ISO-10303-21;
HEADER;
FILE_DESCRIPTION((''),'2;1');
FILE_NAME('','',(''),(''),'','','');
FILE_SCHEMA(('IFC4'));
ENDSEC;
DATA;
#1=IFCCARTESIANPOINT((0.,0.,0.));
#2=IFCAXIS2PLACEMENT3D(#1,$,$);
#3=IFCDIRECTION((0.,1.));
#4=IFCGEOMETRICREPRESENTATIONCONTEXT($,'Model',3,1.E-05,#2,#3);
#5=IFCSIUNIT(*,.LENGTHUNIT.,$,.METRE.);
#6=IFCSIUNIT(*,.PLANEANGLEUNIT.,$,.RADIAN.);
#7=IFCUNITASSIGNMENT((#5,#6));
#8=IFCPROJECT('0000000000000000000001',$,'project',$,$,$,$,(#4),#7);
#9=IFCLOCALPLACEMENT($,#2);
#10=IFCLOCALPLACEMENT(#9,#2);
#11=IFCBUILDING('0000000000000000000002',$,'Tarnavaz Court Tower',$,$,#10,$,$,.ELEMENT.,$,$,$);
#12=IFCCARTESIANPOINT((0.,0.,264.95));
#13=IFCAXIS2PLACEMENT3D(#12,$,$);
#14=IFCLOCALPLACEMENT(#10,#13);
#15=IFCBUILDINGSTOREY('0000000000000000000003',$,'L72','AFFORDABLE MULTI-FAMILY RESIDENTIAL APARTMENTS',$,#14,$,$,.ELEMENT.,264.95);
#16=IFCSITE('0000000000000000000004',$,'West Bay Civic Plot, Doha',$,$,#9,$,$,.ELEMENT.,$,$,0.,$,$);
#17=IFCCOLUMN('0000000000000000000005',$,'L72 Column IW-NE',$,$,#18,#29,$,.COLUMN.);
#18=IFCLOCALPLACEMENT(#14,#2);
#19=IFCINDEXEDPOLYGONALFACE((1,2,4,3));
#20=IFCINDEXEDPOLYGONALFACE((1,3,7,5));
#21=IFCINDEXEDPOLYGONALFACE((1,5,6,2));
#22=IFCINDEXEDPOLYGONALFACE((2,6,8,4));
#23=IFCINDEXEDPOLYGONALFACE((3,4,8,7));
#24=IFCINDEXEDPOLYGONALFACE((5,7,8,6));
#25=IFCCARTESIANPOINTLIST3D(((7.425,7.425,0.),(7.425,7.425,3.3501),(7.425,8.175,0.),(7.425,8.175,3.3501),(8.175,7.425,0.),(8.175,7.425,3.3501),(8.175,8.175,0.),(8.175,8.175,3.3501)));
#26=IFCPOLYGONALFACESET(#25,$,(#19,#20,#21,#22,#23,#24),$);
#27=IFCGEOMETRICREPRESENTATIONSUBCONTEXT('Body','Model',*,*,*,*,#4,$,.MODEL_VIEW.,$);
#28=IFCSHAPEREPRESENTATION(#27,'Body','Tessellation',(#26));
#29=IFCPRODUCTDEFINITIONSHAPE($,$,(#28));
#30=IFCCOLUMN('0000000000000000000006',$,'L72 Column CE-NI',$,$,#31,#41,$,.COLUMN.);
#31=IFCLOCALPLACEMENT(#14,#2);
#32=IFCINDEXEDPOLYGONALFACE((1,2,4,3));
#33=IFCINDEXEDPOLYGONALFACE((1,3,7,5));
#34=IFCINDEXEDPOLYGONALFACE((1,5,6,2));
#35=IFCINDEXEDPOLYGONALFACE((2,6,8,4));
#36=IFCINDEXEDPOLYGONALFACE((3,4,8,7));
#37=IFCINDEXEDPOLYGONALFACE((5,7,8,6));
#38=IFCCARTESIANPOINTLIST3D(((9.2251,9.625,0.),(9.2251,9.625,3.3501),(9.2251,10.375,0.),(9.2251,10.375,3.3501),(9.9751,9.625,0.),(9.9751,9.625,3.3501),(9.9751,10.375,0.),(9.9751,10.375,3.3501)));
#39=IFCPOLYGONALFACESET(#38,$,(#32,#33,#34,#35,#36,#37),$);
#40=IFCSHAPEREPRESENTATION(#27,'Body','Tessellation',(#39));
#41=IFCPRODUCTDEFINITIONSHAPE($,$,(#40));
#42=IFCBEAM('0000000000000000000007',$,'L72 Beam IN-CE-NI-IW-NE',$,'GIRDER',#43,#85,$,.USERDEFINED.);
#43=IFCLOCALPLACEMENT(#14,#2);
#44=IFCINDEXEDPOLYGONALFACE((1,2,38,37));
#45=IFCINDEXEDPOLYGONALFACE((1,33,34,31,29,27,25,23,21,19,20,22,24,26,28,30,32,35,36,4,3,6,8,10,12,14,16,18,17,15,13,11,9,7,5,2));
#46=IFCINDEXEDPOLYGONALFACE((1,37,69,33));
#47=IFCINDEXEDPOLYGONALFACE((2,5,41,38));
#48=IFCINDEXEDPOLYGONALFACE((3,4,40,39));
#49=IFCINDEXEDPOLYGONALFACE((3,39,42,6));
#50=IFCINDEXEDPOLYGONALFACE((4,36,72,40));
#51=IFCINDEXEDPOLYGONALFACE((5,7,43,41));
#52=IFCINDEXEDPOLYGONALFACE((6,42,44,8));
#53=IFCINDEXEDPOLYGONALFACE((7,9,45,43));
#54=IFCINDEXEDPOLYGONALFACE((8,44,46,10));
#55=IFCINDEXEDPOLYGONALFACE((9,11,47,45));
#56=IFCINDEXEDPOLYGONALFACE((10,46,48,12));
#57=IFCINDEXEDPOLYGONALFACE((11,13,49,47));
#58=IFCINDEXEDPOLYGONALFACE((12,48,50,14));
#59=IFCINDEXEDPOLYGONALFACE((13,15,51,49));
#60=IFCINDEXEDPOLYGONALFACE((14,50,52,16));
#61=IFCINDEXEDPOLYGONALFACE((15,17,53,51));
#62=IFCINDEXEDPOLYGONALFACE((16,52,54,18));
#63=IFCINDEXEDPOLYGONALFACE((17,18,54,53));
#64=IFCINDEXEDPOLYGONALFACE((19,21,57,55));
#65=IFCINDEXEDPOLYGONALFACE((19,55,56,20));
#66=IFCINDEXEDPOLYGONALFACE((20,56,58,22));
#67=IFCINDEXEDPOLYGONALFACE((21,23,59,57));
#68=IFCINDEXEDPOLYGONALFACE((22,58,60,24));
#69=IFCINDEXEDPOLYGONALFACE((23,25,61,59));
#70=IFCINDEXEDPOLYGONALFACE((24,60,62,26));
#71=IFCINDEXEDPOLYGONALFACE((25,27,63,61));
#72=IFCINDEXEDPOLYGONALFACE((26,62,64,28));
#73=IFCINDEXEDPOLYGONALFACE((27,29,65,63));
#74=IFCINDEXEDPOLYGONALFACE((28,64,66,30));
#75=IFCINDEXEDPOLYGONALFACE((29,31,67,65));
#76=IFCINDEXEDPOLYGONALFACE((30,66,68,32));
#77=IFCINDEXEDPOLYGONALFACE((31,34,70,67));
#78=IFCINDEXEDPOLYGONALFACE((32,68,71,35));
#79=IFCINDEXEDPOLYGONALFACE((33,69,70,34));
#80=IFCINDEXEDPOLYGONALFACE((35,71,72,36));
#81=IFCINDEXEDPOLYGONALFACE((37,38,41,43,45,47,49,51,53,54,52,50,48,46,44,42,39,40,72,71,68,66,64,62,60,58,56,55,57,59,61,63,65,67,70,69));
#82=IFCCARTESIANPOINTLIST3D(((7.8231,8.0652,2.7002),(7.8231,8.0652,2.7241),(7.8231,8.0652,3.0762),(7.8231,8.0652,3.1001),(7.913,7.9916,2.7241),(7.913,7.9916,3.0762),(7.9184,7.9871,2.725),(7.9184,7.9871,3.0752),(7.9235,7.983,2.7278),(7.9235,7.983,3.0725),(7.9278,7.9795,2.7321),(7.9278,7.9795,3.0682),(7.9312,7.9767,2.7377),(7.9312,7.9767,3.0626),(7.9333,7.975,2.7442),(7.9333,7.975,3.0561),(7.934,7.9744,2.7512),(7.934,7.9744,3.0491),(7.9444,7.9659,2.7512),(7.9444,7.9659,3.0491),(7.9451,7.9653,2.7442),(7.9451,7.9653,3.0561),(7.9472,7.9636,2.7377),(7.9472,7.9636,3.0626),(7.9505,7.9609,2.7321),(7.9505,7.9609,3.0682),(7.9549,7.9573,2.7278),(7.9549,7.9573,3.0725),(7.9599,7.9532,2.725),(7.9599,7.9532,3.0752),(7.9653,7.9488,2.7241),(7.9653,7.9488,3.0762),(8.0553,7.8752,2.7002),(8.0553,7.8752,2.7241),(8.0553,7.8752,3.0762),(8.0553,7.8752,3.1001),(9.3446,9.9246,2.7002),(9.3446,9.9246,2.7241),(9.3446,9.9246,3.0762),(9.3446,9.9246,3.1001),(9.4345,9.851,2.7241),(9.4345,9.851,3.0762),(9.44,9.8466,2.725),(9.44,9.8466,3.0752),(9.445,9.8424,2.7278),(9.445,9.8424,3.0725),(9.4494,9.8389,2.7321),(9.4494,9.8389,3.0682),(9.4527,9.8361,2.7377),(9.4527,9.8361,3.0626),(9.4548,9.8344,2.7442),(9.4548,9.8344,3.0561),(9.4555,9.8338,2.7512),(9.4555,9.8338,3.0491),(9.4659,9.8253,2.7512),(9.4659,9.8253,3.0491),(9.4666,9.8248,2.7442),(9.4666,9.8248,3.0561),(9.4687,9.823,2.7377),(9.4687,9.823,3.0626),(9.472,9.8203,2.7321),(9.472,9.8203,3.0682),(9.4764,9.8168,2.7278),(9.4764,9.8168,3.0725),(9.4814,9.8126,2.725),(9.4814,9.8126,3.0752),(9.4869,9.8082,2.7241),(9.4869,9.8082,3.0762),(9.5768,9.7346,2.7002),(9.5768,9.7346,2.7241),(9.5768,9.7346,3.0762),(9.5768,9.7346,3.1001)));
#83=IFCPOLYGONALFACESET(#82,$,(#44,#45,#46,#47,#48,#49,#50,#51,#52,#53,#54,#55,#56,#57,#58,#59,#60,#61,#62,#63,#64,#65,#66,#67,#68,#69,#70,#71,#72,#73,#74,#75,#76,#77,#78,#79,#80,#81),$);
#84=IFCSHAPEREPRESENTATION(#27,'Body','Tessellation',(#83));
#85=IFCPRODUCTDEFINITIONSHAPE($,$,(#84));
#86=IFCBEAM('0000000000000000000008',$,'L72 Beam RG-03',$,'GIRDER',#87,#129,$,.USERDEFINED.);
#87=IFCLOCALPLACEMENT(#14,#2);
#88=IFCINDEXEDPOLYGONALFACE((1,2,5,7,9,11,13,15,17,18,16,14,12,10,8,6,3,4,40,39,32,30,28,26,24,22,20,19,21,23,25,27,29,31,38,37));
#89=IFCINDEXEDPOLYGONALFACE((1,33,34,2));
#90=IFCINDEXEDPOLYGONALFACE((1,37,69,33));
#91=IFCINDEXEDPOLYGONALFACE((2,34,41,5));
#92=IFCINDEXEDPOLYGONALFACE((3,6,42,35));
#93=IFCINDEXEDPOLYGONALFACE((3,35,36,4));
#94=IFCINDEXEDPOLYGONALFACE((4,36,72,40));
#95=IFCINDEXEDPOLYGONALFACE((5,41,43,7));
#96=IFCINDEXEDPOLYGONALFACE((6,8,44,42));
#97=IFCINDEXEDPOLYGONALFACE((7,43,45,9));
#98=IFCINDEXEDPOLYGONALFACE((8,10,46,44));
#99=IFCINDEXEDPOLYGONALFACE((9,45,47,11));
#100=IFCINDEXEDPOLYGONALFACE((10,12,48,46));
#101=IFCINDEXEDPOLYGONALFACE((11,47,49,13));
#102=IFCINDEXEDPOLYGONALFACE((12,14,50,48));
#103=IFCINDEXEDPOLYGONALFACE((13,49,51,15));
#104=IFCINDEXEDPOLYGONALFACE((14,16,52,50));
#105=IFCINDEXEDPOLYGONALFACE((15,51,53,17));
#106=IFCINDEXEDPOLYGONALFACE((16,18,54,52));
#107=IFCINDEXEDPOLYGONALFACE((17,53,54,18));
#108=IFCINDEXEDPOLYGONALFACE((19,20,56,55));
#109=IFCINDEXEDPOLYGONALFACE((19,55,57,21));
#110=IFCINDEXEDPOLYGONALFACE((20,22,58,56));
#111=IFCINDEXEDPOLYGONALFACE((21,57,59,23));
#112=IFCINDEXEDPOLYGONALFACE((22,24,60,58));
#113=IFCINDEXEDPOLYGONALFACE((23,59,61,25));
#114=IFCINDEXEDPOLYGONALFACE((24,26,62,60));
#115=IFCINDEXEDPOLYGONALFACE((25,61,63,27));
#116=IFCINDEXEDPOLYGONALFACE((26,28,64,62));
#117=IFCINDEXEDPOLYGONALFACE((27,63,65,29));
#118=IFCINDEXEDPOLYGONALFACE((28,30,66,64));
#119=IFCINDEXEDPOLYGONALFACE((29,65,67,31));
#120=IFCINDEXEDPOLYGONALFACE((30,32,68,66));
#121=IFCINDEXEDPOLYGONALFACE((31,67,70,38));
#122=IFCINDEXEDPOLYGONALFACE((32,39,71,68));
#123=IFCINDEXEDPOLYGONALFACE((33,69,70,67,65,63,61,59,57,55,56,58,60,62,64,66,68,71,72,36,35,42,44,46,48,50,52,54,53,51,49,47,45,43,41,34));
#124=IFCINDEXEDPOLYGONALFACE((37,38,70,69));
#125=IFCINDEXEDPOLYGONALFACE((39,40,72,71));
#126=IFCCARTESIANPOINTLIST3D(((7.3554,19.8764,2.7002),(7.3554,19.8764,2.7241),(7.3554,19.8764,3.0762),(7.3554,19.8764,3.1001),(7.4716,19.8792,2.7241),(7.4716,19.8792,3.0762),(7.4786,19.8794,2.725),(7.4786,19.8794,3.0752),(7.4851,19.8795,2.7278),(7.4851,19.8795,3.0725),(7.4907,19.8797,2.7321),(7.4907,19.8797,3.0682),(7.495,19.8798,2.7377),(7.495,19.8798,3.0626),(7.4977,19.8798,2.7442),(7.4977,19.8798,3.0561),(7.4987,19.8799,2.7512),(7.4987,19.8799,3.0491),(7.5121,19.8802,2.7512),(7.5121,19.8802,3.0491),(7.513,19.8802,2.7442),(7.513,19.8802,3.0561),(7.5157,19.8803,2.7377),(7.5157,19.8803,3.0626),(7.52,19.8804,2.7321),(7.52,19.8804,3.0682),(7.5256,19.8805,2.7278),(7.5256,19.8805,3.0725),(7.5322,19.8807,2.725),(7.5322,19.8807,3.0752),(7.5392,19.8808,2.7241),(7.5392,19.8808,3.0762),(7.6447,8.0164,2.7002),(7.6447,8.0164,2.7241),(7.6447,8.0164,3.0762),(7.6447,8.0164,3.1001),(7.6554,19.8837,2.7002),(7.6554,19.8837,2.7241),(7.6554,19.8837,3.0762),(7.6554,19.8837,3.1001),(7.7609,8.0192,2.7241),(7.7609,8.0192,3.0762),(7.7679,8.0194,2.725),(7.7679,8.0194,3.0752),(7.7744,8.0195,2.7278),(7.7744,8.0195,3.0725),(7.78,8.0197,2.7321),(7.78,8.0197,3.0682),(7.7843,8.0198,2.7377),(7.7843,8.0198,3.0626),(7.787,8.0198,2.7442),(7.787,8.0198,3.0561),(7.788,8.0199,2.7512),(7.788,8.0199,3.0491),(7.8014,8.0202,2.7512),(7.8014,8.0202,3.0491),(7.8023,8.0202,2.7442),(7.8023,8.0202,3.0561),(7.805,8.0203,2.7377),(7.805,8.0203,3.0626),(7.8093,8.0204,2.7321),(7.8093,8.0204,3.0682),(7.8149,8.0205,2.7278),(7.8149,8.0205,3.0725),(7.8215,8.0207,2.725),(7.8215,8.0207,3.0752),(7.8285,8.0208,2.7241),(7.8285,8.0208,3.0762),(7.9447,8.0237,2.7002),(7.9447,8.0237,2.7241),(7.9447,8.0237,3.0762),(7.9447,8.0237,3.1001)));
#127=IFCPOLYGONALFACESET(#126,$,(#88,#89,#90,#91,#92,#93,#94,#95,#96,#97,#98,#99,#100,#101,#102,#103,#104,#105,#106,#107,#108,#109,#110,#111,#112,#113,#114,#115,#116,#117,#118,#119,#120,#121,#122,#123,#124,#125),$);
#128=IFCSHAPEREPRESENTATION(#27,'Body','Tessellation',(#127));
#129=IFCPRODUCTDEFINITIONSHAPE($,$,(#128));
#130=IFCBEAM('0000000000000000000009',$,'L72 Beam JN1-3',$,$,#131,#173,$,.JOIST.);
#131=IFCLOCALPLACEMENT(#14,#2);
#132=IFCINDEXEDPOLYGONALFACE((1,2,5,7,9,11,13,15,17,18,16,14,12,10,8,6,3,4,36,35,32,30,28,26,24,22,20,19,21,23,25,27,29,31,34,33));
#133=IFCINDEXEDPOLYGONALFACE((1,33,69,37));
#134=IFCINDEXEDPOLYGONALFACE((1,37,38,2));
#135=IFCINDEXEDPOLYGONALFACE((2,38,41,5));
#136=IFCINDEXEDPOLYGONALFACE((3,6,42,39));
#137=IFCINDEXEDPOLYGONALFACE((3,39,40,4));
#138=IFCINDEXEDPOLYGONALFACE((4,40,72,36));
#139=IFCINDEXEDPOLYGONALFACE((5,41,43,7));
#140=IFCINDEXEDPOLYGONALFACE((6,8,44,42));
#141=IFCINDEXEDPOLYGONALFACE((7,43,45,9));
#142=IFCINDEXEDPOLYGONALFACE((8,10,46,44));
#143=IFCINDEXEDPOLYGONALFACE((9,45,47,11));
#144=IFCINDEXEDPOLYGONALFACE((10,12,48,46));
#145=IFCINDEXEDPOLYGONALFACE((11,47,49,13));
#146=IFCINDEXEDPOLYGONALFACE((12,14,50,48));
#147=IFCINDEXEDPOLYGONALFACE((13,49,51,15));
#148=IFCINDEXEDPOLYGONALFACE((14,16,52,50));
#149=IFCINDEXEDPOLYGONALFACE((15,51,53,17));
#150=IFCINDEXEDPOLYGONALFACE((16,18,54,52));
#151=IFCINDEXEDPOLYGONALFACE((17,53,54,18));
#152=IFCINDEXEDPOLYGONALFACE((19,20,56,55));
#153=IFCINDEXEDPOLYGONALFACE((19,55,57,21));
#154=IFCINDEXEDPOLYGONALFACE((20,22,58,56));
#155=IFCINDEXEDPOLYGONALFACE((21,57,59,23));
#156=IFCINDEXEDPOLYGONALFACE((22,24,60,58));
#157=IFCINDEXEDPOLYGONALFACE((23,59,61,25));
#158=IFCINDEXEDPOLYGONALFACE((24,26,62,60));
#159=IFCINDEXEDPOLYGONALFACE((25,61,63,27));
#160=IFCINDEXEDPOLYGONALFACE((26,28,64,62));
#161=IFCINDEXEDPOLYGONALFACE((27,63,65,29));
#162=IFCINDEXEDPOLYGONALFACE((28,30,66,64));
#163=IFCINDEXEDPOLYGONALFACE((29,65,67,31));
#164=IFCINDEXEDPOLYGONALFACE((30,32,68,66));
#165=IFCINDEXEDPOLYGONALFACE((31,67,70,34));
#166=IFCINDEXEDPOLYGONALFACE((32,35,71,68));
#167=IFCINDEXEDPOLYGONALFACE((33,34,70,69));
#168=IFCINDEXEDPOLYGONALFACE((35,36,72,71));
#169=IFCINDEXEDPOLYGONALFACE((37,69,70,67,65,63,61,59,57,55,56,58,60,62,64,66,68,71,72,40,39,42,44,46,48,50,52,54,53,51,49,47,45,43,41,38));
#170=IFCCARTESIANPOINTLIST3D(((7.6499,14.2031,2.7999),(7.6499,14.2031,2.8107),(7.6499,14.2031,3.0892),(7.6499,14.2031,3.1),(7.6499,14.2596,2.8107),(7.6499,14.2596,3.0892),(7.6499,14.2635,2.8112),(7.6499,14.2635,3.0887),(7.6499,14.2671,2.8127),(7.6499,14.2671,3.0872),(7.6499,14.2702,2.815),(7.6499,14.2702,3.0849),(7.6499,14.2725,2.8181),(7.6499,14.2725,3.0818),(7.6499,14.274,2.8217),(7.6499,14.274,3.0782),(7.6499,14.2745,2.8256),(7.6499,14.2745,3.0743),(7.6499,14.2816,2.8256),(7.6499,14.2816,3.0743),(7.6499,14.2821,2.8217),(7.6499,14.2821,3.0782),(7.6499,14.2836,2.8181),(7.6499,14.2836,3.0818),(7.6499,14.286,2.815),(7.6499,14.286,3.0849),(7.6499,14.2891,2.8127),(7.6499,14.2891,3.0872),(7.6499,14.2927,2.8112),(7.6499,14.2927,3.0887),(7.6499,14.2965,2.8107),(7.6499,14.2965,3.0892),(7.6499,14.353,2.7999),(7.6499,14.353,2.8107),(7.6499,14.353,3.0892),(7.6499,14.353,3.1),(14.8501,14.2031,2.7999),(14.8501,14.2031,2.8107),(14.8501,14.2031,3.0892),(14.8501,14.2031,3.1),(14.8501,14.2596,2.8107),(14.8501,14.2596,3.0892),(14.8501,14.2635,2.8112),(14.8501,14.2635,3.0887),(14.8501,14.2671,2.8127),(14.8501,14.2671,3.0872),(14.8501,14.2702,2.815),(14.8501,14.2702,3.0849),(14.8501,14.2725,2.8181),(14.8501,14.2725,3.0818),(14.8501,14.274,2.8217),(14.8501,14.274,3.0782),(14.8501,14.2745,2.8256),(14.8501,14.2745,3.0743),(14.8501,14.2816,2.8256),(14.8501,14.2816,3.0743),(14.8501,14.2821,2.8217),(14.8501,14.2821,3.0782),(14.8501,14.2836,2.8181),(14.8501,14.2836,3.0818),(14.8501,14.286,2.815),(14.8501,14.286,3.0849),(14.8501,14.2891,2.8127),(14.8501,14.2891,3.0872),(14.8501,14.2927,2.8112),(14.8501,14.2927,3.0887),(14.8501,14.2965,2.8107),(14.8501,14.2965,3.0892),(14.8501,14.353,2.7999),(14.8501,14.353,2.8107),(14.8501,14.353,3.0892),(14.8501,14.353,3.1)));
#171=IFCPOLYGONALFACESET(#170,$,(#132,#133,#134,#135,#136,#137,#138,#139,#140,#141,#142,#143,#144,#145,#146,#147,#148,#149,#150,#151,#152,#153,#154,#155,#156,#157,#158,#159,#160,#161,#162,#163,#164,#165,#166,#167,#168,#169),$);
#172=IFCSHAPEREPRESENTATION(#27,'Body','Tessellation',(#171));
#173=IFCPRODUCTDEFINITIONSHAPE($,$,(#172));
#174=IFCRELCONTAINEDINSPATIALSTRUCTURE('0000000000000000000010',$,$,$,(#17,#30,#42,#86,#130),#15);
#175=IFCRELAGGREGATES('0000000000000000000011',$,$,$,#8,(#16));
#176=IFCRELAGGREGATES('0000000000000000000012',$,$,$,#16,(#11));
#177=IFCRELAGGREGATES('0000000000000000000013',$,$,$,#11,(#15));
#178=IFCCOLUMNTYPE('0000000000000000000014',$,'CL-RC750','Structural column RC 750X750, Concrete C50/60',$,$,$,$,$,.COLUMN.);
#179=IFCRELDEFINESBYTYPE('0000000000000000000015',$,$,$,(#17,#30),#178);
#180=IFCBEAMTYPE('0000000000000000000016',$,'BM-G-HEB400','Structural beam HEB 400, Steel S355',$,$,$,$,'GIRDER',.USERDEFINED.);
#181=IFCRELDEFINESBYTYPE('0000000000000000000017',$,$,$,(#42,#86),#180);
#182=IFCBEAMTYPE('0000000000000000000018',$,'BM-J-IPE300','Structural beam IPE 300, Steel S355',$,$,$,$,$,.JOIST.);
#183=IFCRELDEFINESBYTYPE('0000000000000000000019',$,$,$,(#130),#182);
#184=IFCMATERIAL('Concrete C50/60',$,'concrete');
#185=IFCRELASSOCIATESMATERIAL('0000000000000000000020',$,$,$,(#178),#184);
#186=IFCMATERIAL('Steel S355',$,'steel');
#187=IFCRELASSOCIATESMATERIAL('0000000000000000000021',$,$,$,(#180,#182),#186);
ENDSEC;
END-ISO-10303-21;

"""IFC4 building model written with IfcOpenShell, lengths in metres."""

from ifc_helpers import new_model, si_unit, direction, frame, origin, origin_2d, place, context, subcontext, project, spatial, rectangle, i_section, extrude, material, material_profile, profile_set, type_object, element, save


model = new_model("IFC4")

# Units and contexts
model_context = context("Model", 3, precision=1e-05, world=origin(), true_north=direction((0.0, 1.0)))
body_context = subcontext(model_context, "Body", "Model", "MODEL_VIEW")
ifc_project = project(units=[si_unit("LENGTHUNIT", "METRE"), si_unit("PLANEANGLEUNIT", "RADIAN")], contexts=[model_context])

# Site, building, storey
site_placement = place(None, origin())
site = spatial("IfcSite", under=ifc_project, at=site_placement, Name="West Bay Civic Plot, Doha", CompositionType="ELEMENT", RefElevation=0.0)
building_placement = place(site_placement, origin())
building = spatial("IfcBuilding", under=site, at=building_placement, Name="Tarnavaz Court Tower", CompositionType="ELEMENT")
storey_placement = place(building_placement, frame((0.0, 0.0, 264.95)))
storey = spatial("IfcBuildingStorey", under=building, at=storey_placement, Name="L72", Description="AFFORDABLE MULTI-FAMILY RESIDENTIAL APARTMENTS", CompositionType="ELEMENT", Elevation=264.95)

# Columns
ifc_material_1 = material(Name="Concrete C50/60", Category="concrete")
ifc_material_profile_1 = material_profile(ifc_material_1, rectangle(XDim=0.75, YDim=0.75, at=origin_2d()), Name="RC 750X750")
ifc_profile_set_1 = profile_set([ifc_material_profile_1], Name="Concrete C50/60")
column_type = type_object("IfcColumnType", Name="CL-RC750", Description="Structural column RC 750X750, Concrete C50/60", PredefinedType="COLUMN", material=ifc_profile_set_1)
for number, where, z_axis, x_axis, name in (
    (1, (7.8, 7.8, 0.0), (0.0, 0.0, 1.0), (1.0, 0.0, 0.0), "L72 Column IW-NE"),
    (2, (9.6001, 10.0, 0.0), (0.0, 0.0, 1.0), (1.0, 0.0, 0.0), "L72 Column CE-NI"),
):
    element("IfcColumn", number, at=place(storey_placement, frame(where, z_axis=z_axis, x_axis=x_axis)), inside=storey, type_object=column_type, Name=name, PredefinedType="COLUMN", context=body_context, shape_type="SweptSolid", body=[
        extrude(rectangle(XDim=0.75, YDim=0.75, at=origin_2d()), origin(), (0.0, 0.0, 1.0), 3.3501),
    ])

# Beams
ifc_material_2 = material(Name="Steel S355", Category="steel")
ifc_material_profile_2 = material_profile(ifc_material_2, i_section(OverallWidth=0.3, OverallDepth=0.3999, WebThickness=0.0134, FlangeThickness=0.0239, FilletRadius=0.0271, at=origin_2d()), Name="HEB 400")
ifc_profile_set_2 = profile_set([ifc_material_profile_2], Name="Steel S355")
beam_type_1 = type_object("IfcBeamType", Name="BM-G-HEB400", Description="Structural beam HEB 400, Steel S355", ElementType="GIRDER", PredefinedType="USERDEFINED", material=ifc_profile_set_2)
beam_1_placement = place(storey_placement, frame((9.4607, 9.8296, 2.9001), z_axis=(-0.633282, -0.773921, 0.0), x_axis=(0.773921, -0.633282, 0.0)))
element("IfcBeam", 3, at=beam_1_placement, inside=storey, type_object=beam_type_1, Name="L72 Beam IN-CE-NI-IW-NE", ObjectType="GIRDER", PredefinedType="USERDEFINED", context=body_context, shape_type="SweptSolid", body=[
    extrude(i_section(OverallWidth=0.3, OverallDepth=0.3999, WebThickness=0.0134, FlangeThickness=0.0239, FilletRadius=0.0271, at=origin_2d()), origin(), (0.0, 0.0, 1.0), 2.4026),
])
beam_2_placement = place(storey_placement, frame((7.7947, 8.02, 2.9001), z_axis=(-0.024386, 0.999703, 0.0), x_axis=(-0.999703, -0.024386, 0.0)))
element("IfcBeam", 4, at=beam_2_placement, inside=storey, type_object=beam_type_1, Name="L72 Beam RG-03", ObjectType="GIRDER", PredefinedType="USERDEFINED", context=body_context, shape_type="SweptSolid", body=[
    extrude(i_section(OverallWidth=0.3, OverallDepth=0.3999, WebThickness=0.0134, FlangeThickness=0.0239, FilletRadius=0.0271, at=origin_2d()), origin(), (0.0, 0.0, 1.0), 11.8635),
])
ifc_material_profile_3 = material_profile(ifc_material_2, i_section(OverallWidth=0.1499, OverallDepth=0.3, WebThickness=0.0071, FlangeThickness=0.0107, FilletRadius=0.0149, at=origin_2d()), Name="IPE 300")
ifc_profile_set_3 = profile_set([ifc_material_profile_3], Name="Steel S355")
beam_type_2 = type_object("IfcBeamType", Name="BM-J-IPE300", Description="Structural beam IPE 300, Steel S355", PredefinedType="JOIST", material=ifc_profile_set_3)
for number, where, z_axis, x_axis, name in (
    (5, (7.6499, 14.2781, 2.95), (1.0, 0.0, 0.0), (0.0, 1.0, 0.0), "L72 Beam JN1-3"),
):
    element("IfcBeam", number, at=place(storey_placement, frame(where, z_axis=z_axis, x_axis=x_axis)), inside=storey, type_object=beam_type_2, Name=name, PredefinedType="JOIST", context=body_context, shape_type="SweptSolid", body=[
        extrude(i_section(OverallWidth=0.1499, OverallDepth=0.3, WebThickness=0.0071, FlangeThickness=0.0107, FilletRadius=0.0149, at=origin_2d()), origin(), (0.0, 0.0, 1.0), 7.2002),
    ])

save(model, "model.ifc")
